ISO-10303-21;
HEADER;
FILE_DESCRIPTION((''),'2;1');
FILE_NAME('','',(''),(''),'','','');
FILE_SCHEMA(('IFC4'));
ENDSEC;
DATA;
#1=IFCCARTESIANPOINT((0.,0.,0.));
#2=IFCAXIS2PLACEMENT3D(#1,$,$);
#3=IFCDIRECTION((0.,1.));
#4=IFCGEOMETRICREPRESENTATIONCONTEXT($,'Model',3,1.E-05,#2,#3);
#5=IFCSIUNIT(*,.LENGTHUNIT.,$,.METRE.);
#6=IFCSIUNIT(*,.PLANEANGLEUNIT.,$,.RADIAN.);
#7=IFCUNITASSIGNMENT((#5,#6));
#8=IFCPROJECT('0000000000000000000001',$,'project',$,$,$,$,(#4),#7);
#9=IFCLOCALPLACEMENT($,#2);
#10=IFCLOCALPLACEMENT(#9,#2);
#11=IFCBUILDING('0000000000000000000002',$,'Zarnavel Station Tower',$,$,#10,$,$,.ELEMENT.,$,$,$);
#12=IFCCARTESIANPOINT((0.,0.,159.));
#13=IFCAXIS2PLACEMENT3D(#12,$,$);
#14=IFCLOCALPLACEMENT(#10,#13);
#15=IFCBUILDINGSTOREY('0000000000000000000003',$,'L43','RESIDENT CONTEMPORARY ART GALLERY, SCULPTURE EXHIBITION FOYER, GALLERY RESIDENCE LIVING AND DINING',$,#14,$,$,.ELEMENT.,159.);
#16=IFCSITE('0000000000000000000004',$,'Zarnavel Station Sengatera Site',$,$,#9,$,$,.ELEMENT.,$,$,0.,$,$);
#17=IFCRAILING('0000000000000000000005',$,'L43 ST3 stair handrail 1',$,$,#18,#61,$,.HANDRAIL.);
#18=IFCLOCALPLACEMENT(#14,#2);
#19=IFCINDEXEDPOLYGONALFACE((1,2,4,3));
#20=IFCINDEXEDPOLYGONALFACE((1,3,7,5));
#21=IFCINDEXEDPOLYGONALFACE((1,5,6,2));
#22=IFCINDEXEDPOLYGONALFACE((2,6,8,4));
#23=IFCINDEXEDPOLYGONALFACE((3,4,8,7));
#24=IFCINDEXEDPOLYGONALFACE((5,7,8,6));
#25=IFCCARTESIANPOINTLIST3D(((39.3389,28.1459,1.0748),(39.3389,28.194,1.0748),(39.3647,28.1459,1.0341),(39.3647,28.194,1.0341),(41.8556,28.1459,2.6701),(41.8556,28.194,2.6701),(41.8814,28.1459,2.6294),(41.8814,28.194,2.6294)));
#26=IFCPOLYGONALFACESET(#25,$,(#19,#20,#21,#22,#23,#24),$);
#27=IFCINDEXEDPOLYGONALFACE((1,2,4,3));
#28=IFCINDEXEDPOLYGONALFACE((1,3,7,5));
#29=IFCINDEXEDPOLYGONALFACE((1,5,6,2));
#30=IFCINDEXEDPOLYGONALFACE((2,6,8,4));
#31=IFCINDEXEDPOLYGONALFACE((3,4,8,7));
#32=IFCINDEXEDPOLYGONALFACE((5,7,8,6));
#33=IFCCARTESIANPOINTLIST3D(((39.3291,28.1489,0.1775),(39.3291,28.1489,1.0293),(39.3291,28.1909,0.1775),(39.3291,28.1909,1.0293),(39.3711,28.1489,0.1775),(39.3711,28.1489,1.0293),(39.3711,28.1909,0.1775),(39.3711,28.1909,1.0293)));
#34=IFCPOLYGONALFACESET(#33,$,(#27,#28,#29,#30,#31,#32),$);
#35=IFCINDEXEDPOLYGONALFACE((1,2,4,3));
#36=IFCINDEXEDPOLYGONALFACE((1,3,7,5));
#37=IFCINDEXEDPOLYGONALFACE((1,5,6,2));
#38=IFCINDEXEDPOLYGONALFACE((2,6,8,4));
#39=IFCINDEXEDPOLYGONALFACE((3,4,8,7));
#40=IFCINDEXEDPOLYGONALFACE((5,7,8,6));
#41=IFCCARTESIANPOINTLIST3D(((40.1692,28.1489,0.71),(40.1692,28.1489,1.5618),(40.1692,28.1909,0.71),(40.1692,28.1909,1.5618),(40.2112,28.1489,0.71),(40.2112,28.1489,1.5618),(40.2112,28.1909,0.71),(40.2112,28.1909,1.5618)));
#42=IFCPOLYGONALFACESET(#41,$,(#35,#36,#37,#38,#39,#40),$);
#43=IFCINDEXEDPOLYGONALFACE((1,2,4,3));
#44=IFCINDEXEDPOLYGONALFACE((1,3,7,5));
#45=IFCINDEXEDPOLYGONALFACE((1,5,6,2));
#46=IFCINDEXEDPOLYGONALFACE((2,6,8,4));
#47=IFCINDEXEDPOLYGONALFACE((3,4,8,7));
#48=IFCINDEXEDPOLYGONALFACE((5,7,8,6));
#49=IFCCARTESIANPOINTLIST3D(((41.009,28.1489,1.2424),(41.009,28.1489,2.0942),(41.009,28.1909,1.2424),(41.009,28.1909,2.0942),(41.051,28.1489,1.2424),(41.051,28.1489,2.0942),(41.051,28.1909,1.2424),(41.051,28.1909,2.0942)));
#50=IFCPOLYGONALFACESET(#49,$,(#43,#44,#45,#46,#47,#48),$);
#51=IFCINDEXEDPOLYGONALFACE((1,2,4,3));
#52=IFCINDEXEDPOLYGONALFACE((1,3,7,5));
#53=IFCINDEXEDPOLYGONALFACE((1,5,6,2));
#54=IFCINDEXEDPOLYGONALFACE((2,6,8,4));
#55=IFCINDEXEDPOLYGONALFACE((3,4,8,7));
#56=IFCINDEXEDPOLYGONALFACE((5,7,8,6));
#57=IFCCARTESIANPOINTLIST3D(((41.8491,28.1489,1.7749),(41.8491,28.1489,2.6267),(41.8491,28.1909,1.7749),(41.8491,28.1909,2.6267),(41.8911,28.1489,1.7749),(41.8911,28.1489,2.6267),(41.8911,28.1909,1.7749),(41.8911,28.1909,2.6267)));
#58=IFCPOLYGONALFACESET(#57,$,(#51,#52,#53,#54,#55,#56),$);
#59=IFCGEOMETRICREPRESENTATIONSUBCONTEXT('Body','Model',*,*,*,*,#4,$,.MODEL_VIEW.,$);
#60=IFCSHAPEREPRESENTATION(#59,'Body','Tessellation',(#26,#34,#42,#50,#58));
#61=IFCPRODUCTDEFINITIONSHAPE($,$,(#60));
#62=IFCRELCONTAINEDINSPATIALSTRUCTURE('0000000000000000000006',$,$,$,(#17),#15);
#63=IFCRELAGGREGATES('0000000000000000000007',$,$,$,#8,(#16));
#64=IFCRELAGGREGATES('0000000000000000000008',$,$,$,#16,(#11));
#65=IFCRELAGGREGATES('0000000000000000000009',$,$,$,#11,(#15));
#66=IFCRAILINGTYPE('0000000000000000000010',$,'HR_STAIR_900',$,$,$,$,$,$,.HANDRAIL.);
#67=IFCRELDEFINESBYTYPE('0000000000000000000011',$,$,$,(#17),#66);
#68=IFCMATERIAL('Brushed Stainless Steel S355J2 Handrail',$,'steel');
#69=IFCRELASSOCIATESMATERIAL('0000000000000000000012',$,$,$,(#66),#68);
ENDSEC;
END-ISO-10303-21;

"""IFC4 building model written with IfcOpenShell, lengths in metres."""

from ifc_helpers import new_model, si_unit, direction, frame, origin, origin_2d, place, context, subcontext, project, spatial, rectangle, extrude, material, type_object, element, save


model = new_model("IFC4")

# Units and contexts
model_context = context("Model", 3, precision=1e-05, world=origin(), true_north=direction((0.0, 1.0)))
body_context = subcontext(model_context, "Body", "Model", "MODEL_VIEW")
ifc_project = project(units=[si_unit("LENGTHUNIT", "METRE"), si_unit("PLANEANGLEUNIT", "RADIAN")], contexts=[model_context])

# Site, building, storey
site_placement = place(None, origin())
site = spatial("IfcSite", under=ifc_project, at=site_placement, Name="Zarnavel Station Sengatera Site", CompositionType="ELEMENT", RefElevation=0.0)
building_placement = place(site_placement, origin())
building = spatial("IfcBuilding", under=site, at=building_placement, Name="Zarnavel Station Tower", CompositionType="ELEMENT")
storey_placement = place(building_placement, frame((0.0, 0.0, 159.0)))
storey = spatial("IfcBuildingStorey", under=building, at=storey_placement, Name="L43", Description="RESIDENT CONTEMPORARY ART GALLERY, SCULPTURE EXHIBITION FOYER, GALLERY RESIDENCE LIVING AND DINING", CompositionType="ELEMENT", Elevation=159.0)

# Railing
ifc_material_1 = material(Name="Brushed Stainless Steel S355J2 Handrail", Category="steel")
railing_type_1 = type_object("IfcRailingType", Name="HR_STAIR_900", PredefinedType="HANDRAIL", material=ifc_material_1)
railing_1_placement = place(storey_placement, frame((39.3501, 28.1699, 0.1775)))
element("IfcRailing", 1, at=railing_1_placement, inside=storey, type_object=railing_type_1, Name="L43 ST3 stair handrail 1", PredefinedType="HANDRAIL", context=body_context, shape_type="SweptSolid", body=[
    extrude(rectangle(XDim=0.0481, YDim=0.0481, at=origin_2d()), frame((0.0017, 0.0, 0.877), z_axis=(0.844607, 0.0, 0.535387), x_axis=(0.0, 1.0, 0.0)), (0.0, 0.0, 1.0), 2.9797),
    extrude(rectangle(XDim=0.042, YDim=0.042, at=origin_2d()), origin(), (0.0, 0.0, 1.0), 0.8518),
    extrude(rectangle(XDim=0.042, YDim=0.042, at=origin_2d()), frame((0.8401, 0.0, 0.5325)), (0.0, 0.0, 1.0), 0.8518),
    extrude(rectangle(XDim=0.042, YDim=0.042, at=origin_2d()), frame((1.6799, 0.0, 1.0649)), (0.0, 0.0, 1.0), 0.8518),
    extrude(rectangle(XDim=0.042, YDim=0.042, at=origin_2d()), frame((2.52, 0.0, 1.5974)), (0.0, 0.0, 1.0), 0.8518),
])

save(model, "model.ifc")
